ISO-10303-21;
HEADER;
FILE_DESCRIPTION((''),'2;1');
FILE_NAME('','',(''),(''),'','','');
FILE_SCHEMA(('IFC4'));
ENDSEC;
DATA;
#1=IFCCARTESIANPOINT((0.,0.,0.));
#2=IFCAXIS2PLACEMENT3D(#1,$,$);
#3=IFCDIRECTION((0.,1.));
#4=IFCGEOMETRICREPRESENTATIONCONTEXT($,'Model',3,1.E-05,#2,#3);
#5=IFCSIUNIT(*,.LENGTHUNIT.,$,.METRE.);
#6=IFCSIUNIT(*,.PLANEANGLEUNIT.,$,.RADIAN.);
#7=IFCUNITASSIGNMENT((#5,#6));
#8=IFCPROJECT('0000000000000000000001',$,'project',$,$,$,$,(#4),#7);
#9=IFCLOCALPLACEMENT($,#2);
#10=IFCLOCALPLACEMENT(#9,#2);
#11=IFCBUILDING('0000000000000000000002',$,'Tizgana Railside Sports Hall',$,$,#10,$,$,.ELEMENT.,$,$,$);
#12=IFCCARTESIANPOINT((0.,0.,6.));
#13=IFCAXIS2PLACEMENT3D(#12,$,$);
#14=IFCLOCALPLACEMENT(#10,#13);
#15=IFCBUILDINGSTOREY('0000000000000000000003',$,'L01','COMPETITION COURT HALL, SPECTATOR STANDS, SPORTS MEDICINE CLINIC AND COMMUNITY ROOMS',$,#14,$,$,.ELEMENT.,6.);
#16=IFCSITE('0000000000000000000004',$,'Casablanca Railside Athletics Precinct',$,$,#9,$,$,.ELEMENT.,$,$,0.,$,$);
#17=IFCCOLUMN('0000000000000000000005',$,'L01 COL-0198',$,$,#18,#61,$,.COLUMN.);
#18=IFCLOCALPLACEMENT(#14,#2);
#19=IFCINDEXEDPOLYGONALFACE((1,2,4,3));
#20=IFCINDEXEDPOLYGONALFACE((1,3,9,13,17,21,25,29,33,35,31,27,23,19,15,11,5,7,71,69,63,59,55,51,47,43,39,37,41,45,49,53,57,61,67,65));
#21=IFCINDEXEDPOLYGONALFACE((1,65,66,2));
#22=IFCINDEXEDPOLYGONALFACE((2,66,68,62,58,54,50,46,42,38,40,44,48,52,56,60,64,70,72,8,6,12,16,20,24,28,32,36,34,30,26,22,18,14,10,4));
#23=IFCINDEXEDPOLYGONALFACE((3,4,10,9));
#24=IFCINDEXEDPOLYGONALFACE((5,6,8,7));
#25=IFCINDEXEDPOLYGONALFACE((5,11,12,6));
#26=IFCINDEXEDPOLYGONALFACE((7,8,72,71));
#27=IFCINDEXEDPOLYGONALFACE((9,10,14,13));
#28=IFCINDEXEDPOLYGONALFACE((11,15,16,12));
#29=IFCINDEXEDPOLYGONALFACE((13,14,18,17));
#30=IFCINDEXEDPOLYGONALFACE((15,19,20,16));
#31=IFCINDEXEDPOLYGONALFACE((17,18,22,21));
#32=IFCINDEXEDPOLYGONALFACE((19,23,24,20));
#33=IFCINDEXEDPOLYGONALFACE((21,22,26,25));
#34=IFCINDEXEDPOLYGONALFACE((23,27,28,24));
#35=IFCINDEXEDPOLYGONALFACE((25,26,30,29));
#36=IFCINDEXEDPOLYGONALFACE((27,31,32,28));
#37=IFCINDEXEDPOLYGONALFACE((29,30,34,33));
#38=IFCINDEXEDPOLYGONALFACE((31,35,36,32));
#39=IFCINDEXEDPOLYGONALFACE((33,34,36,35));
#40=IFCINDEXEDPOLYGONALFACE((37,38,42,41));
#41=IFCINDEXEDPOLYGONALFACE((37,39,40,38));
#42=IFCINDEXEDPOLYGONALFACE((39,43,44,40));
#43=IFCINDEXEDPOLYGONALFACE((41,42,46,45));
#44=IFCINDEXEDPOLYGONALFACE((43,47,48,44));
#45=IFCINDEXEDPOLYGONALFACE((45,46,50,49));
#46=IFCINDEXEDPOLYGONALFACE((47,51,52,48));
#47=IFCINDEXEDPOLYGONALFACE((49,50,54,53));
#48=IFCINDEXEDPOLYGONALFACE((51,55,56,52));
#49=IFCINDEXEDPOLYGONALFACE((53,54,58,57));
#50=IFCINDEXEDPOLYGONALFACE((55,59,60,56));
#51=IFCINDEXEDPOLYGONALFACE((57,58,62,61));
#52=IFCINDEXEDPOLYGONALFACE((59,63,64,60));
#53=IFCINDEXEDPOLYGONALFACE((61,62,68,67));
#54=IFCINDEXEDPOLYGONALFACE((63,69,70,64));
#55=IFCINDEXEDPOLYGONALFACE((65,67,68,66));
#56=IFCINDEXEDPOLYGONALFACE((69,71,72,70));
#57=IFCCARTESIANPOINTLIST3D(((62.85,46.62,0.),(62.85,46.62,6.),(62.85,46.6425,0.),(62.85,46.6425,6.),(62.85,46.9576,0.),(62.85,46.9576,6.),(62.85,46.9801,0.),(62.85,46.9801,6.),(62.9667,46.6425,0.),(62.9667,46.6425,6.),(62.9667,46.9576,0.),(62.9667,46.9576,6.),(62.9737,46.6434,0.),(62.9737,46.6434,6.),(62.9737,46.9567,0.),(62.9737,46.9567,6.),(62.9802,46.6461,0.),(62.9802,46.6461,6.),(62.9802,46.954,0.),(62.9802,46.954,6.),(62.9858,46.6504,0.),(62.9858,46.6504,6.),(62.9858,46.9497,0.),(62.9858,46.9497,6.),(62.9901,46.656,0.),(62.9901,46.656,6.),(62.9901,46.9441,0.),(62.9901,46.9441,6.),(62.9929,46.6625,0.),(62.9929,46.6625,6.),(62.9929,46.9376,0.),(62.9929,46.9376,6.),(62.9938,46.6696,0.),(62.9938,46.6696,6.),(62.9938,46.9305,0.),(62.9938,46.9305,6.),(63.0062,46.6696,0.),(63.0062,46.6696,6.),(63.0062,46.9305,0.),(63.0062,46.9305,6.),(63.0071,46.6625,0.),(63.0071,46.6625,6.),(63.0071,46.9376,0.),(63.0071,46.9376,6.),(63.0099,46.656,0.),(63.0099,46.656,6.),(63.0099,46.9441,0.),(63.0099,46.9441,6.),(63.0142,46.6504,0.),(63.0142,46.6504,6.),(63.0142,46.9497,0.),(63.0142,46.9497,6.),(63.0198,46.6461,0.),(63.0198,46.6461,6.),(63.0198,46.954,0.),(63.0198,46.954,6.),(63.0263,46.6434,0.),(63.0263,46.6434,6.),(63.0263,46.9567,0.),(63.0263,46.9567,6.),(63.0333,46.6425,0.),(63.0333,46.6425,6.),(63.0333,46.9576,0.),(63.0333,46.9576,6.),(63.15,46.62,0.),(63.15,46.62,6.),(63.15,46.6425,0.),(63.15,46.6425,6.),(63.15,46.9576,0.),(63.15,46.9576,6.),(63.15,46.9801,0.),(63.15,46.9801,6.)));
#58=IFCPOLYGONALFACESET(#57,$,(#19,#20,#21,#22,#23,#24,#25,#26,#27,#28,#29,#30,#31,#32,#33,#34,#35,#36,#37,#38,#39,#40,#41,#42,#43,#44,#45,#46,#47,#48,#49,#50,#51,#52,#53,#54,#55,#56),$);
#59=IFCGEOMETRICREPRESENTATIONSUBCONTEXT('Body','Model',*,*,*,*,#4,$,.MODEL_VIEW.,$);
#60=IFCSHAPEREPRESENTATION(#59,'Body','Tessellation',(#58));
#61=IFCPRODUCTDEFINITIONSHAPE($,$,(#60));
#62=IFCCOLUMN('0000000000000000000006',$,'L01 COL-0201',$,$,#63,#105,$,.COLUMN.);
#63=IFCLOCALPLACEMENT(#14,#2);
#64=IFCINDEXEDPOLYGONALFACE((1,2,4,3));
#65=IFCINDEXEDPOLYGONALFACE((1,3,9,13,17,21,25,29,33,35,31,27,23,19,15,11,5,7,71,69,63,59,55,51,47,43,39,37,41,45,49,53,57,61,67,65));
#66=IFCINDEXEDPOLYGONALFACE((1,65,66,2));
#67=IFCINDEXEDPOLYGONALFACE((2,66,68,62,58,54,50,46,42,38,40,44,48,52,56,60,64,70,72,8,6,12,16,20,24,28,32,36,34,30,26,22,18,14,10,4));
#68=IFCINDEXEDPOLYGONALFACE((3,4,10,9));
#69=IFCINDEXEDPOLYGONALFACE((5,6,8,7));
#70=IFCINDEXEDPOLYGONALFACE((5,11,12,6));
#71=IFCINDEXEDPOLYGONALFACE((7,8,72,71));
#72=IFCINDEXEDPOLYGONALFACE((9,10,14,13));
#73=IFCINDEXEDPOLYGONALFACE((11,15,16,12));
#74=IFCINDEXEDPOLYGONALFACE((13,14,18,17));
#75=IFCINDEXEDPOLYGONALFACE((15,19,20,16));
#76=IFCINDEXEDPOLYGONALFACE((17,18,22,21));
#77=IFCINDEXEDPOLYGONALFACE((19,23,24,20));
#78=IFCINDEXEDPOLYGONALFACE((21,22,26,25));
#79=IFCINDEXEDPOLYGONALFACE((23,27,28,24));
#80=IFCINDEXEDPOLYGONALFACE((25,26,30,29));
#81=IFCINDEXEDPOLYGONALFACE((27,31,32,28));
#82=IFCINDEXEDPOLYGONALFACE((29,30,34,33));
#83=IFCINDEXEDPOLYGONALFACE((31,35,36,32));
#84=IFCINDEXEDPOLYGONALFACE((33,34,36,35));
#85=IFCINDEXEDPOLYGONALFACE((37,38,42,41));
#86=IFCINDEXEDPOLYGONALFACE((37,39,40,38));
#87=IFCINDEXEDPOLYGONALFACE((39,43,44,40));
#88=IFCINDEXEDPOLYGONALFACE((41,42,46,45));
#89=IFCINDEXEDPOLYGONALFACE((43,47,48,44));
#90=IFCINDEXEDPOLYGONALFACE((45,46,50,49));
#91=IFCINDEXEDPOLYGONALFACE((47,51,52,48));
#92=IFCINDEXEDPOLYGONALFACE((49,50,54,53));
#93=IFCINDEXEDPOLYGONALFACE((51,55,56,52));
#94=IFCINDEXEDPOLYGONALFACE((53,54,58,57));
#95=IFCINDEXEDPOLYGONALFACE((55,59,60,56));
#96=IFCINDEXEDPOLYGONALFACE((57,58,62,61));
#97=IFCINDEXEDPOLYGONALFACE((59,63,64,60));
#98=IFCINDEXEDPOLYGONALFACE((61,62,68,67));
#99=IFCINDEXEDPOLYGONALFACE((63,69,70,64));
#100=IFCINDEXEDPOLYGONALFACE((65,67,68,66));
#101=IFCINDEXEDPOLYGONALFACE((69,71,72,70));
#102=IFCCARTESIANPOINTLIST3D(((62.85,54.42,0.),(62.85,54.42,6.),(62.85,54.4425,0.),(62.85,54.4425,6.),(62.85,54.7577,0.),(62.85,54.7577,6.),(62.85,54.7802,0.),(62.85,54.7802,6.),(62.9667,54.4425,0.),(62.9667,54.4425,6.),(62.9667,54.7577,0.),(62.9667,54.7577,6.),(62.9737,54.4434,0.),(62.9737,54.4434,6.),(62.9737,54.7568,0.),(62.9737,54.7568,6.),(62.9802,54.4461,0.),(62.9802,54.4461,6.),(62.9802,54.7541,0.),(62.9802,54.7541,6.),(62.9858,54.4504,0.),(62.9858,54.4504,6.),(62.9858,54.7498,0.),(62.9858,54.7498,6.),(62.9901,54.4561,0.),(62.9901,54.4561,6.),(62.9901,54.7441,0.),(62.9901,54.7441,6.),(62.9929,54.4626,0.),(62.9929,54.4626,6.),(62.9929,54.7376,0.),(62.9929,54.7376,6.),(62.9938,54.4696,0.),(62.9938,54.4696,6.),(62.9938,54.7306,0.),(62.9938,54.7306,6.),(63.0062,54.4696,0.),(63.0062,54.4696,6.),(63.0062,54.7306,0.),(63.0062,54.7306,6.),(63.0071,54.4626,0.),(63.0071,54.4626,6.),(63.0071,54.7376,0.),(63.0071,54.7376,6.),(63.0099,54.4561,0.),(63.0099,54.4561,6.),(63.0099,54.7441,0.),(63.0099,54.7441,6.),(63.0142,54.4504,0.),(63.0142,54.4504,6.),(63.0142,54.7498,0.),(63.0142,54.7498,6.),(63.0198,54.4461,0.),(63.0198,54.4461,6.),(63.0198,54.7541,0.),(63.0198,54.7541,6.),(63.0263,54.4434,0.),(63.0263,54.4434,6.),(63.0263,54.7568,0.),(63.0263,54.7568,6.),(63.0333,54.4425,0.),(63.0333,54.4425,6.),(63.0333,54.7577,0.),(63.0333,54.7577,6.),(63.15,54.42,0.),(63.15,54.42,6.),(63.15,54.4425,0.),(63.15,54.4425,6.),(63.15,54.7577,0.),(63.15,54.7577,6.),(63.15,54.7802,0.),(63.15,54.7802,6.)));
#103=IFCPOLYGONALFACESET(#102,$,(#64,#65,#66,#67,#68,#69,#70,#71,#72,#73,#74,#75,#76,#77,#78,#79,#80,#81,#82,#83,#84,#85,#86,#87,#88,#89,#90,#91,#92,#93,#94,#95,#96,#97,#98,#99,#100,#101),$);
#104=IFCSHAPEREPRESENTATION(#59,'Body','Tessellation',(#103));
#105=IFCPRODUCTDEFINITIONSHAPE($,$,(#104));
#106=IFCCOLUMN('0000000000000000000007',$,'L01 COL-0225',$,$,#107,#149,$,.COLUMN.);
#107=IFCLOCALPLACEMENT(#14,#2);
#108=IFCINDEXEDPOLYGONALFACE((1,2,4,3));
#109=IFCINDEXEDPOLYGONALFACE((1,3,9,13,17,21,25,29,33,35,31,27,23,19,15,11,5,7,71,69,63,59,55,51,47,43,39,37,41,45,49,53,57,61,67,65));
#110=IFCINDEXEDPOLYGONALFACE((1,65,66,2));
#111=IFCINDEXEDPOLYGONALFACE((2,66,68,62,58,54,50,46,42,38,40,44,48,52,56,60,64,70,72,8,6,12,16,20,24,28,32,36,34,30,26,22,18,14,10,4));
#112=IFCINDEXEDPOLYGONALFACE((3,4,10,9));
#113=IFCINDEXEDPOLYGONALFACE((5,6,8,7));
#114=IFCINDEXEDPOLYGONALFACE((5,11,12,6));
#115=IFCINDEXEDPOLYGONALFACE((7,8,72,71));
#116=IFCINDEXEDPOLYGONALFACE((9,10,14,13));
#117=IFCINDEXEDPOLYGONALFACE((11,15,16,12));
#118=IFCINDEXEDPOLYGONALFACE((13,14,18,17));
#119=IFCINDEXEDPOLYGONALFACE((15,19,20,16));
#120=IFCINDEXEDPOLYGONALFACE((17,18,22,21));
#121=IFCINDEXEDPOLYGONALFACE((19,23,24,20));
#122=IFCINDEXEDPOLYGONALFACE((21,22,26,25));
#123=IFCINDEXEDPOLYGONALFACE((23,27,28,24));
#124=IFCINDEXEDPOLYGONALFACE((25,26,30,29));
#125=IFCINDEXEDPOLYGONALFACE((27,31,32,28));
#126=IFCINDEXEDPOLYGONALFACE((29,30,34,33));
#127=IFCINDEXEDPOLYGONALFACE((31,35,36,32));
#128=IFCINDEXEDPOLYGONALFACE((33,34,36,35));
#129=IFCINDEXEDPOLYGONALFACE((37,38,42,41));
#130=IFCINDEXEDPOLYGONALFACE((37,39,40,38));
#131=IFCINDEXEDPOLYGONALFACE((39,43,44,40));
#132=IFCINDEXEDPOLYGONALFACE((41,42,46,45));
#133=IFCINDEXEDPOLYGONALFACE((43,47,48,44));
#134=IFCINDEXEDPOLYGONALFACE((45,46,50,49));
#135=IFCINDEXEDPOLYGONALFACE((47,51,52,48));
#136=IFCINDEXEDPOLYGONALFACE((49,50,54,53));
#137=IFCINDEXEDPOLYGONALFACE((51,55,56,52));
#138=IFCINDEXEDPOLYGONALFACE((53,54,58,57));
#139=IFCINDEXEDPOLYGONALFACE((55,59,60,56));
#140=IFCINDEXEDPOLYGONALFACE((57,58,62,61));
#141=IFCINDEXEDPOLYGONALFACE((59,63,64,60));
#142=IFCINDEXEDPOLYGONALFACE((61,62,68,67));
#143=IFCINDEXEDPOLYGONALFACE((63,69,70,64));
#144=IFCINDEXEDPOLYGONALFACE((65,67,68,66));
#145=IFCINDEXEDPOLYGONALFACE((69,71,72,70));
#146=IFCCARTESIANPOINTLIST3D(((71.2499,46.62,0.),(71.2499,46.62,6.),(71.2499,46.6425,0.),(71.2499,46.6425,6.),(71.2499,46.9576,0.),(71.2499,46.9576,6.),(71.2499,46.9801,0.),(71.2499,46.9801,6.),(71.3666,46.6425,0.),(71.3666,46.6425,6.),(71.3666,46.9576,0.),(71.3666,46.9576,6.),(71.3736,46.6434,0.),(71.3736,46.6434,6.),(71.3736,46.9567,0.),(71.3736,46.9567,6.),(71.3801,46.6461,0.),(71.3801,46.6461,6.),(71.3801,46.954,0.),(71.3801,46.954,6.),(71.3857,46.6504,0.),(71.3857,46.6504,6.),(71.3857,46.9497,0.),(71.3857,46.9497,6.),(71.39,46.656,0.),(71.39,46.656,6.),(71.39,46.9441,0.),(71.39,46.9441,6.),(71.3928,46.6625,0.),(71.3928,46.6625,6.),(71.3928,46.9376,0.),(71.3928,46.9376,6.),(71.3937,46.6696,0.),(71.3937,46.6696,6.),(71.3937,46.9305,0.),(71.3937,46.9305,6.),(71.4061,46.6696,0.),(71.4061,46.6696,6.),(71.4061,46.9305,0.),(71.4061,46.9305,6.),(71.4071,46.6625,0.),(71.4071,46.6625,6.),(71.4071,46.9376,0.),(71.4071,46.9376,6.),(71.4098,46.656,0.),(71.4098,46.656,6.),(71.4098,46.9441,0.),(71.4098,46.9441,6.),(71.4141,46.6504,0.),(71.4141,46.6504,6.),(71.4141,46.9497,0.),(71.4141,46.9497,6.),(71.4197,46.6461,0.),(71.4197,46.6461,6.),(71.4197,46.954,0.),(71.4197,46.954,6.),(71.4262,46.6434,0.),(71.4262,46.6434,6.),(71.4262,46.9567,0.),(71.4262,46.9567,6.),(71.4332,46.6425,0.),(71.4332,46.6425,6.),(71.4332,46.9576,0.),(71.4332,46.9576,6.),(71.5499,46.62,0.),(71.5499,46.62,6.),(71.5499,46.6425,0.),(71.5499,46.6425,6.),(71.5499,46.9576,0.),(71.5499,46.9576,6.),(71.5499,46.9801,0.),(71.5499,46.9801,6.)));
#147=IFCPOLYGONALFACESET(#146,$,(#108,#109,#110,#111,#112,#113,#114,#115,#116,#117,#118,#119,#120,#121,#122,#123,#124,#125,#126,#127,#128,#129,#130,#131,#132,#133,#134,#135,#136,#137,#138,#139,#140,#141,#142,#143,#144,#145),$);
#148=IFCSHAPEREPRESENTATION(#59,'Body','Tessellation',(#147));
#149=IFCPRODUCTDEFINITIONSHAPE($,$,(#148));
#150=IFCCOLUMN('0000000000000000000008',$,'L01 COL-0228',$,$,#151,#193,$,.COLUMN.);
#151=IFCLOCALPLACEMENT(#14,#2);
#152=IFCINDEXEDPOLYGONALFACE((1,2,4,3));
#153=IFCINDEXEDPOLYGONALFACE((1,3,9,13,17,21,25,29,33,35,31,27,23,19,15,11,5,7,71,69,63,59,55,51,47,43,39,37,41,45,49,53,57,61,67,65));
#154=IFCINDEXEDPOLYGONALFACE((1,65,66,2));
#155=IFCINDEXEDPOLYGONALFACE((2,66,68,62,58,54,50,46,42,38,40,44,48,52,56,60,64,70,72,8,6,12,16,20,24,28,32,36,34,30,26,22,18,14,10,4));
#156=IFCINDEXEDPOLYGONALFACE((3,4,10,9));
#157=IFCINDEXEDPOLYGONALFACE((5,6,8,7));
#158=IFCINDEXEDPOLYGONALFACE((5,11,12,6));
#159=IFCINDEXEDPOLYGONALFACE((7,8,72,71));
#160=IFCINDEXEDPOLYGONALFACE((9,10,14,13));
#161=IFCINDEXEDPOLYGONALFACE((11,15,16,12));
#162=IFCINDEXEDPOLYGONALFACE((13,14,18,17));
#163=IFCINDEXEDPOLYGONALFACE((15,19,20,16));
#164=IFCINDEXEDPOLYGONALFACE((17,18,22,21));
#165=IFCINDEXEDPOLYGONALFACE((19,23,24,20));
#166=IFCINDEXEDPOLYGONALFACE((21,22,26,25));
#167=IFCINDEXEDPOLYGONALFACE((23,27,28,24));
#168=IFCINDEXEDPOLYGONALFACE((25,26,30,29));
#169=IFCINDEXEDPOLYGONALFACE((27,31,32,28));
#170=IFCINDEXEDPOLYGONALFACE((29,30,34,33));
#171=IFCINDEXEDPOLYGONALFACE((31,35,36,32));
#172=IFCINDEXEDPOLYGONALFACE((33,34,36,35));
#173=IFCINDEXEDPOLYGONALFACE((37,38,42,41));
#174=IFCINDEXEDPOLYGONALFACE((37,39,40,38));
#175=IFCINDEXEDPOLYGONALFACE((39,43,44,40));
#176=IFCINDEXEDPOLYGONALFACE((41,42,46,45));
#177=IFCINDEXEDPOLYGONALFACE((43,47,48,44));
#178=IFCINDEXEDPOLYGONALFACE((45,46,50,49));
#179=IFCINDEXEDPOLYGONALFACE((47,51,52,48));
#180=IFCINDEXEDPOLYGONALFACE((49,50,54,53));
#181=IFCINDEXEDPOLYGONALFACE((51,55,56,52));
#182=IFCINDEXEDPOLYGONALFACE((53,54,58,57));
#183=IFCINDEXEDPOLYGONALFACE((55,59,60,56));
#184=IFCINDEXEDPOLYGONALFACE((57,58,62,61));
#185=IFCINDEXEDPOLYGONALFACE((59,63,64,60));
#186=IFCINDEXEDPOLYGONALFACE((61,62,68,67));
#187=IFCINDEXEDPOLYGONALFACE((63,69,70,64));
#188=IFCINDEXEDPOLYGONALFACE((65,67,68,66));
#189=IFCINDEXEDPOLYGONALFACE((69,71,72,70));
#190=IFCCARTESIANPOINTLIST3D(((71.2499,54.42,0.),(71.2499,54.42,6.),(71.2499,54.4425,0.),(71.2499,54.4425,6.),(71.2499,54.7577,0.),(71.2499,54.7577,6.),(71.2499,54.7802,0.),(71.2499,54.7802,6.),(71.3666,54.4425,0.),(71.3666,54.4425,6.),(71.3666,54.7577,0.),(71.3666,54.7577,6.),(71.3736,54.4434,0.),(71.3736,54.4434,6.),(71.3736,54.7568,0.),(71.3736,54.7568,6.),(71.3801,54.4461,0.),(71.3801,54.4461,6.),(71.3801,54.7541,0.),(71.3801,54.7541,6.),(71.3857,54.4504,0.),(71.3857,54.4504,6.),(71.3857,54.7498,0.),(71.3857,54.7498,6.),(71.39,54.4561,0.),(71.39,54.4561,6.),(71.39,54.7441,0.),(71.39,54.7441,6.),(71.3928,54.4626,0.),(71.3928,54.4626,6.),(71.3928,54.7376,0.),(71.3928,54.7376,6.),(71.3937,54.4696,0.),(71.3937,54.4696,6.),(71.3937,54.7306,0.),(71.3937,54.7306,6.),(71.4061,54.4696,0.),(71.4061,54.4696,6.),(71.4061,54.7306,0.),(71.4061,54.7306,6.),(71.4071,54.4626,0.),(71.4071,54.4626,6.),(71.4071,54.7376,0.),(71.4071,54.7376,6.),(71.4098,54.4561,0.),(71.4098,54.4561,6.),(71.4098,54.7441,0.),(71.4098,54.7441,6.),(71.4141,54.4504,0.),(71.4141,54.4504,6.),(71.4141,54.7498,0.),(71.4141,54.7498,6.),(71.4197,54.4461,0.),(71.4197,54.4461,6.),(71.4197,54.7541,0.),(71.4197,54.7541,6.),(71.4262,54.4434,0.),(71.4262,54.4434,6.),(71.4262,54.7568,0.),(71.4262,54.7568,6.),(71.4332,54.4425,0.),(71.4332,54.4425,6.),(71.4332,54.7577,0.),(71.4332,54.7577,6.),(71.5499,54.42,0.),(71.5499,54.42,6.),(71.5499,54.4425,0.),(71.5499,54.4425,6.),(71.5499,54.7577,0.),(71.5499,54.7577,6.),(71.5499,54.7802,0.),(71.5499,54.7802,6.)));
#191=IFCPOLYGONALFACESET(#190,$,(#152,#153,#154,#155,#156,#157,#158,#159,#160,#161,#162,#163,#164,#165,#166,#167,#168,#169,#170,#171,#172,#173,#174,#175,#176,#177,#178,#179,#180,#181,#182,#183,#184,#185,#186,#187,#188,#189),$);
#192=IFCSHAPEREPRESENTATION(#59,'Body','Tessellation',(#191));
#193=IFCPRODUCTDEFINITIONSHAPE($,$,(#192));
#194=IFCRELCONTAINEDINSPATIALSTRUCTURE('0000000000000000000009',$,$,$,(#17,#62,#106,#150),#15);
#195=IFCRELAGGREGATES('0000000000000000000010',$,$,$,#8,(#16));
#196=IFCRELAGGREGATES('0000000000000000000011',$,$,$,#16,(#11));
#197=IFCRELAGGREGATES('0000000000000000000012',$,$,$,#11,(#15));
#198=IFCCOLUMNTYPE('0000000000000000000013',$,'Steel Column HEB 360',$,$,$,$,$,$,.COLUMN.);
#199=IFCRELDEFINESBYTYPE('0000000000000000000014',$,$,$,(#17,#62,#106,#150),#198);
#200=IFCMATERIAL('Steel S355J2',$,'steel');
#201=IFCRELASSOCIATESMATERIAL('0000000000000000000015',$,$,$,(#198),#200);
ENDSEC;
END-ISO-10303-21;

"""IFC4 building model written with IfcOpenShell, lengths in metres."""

from ifc_helpers import new_model, si_unit, direction, frame, origin, origin_2d, place, context, subcontext, project, spatial, i_section, extrude, material, material_profile, profile_set, type_object, element, save


model = new_model("IFC4")

# Units and contexts
model_context = context("Model", 3, precision=1e-05, world=origin(), true_north=direction((0.0, 1.0)))
body_context = subcontext(model_context, "Body", "Model", "MODEL_VIEW")
ifc_project = project(units=[si_unit("LENGTHUNIT", "METRE"), si_unit("PLANEANGLEUNIT", "RADIAN")], contexts=[model_context])

# Site, building, storey
site_placement = place(None, origin())
site = spatial("IfcSite", under=ifc_project, at=site_placement, Name="Casablanca Railside Athletics Precinct", CompositionType="ELEMENT", RefElevation=0.0)
building_placement = place(site_placement, origin())
building = spatial("IfcBuilding", under=site, at=building_placement, Name="Tizgana Railside Sports Hall", CompositionType="ELEMENT")
storey_placement = place(building_placement, frame((0.0, 0.0, 6.0)))
storey = spatial("IfcBuildingStorey", under=building, at=storey_placement, Name="L01", Description="COMPETITION COURT HALL, SPECTATOR STANDS, SPORTS MEDICINE CLINIC AND COMMUNITY ROOMS", CompositionType="ELEMENT", Elevation=6.0)

# Columns
ifc_material_1 = material(Name="Steel S355J2", Category="steel")
ifc_material_profile_1 = material_profile(ifc_material_1, i_section(OverallWidth=0.3, OverallDepth=0.3601, WebThickness=0.0125, FlangeThickness=0.0225, FilletRadius=0.0271, at=origin_2d()), Name="HEB 360")
ifc_profile_set_1 = profile_set([ifc_material_profile_1], Name="Steel S355J2")
column_type = type_object("IfcColumnType", Name="Steel Column HEB 360", PredefinedType="COLUMN", material=ifc_profile_set_1)
for number, where, z_axis, x_axis, name in (
    (1, (63.0, 46.8, 0.0), (0.0, 0.0, 1.0), (1.0, 0.0, 0.0), "L01 COL-0198"),
    (2, (63.0, 54.6001, 0.0), (0.0, 0.0, 1.0), (1.0, 0.0, 0.0), "L01 COL-0201"),
    (3, (71.3999, 46.8, 0.0), (0.0, 0.0, 1.0), (1.0, 0.0, 0.0), "L01 COL-0225"),
    (4, (71.3999, 54.6001, 0.0), (0.0, 0.0, 1.0), (1.0, 0.0, 0.0), "L01 COL-0228"),
):
    element("IfcColumn", number, at=place(storey_placement, frame(where, z_axis=z_axis, x_axis=x_axis)), inside=storey, type_object=column_type, Name=name, PredefinedType="COLUMN", context=body_context, shape_type="SweptSolid", body=[
        extrude(i_section(OverallWidth=0.3, OverallDepth=0.3601, WebThickness=0.0125, FlangeThickness=0.0225, FilletRadius=0.0271, at=origin_2d()), origin(), (0.0, 0.0, 1.0), 6.0),
    ])

save(model, "model.ifc")
